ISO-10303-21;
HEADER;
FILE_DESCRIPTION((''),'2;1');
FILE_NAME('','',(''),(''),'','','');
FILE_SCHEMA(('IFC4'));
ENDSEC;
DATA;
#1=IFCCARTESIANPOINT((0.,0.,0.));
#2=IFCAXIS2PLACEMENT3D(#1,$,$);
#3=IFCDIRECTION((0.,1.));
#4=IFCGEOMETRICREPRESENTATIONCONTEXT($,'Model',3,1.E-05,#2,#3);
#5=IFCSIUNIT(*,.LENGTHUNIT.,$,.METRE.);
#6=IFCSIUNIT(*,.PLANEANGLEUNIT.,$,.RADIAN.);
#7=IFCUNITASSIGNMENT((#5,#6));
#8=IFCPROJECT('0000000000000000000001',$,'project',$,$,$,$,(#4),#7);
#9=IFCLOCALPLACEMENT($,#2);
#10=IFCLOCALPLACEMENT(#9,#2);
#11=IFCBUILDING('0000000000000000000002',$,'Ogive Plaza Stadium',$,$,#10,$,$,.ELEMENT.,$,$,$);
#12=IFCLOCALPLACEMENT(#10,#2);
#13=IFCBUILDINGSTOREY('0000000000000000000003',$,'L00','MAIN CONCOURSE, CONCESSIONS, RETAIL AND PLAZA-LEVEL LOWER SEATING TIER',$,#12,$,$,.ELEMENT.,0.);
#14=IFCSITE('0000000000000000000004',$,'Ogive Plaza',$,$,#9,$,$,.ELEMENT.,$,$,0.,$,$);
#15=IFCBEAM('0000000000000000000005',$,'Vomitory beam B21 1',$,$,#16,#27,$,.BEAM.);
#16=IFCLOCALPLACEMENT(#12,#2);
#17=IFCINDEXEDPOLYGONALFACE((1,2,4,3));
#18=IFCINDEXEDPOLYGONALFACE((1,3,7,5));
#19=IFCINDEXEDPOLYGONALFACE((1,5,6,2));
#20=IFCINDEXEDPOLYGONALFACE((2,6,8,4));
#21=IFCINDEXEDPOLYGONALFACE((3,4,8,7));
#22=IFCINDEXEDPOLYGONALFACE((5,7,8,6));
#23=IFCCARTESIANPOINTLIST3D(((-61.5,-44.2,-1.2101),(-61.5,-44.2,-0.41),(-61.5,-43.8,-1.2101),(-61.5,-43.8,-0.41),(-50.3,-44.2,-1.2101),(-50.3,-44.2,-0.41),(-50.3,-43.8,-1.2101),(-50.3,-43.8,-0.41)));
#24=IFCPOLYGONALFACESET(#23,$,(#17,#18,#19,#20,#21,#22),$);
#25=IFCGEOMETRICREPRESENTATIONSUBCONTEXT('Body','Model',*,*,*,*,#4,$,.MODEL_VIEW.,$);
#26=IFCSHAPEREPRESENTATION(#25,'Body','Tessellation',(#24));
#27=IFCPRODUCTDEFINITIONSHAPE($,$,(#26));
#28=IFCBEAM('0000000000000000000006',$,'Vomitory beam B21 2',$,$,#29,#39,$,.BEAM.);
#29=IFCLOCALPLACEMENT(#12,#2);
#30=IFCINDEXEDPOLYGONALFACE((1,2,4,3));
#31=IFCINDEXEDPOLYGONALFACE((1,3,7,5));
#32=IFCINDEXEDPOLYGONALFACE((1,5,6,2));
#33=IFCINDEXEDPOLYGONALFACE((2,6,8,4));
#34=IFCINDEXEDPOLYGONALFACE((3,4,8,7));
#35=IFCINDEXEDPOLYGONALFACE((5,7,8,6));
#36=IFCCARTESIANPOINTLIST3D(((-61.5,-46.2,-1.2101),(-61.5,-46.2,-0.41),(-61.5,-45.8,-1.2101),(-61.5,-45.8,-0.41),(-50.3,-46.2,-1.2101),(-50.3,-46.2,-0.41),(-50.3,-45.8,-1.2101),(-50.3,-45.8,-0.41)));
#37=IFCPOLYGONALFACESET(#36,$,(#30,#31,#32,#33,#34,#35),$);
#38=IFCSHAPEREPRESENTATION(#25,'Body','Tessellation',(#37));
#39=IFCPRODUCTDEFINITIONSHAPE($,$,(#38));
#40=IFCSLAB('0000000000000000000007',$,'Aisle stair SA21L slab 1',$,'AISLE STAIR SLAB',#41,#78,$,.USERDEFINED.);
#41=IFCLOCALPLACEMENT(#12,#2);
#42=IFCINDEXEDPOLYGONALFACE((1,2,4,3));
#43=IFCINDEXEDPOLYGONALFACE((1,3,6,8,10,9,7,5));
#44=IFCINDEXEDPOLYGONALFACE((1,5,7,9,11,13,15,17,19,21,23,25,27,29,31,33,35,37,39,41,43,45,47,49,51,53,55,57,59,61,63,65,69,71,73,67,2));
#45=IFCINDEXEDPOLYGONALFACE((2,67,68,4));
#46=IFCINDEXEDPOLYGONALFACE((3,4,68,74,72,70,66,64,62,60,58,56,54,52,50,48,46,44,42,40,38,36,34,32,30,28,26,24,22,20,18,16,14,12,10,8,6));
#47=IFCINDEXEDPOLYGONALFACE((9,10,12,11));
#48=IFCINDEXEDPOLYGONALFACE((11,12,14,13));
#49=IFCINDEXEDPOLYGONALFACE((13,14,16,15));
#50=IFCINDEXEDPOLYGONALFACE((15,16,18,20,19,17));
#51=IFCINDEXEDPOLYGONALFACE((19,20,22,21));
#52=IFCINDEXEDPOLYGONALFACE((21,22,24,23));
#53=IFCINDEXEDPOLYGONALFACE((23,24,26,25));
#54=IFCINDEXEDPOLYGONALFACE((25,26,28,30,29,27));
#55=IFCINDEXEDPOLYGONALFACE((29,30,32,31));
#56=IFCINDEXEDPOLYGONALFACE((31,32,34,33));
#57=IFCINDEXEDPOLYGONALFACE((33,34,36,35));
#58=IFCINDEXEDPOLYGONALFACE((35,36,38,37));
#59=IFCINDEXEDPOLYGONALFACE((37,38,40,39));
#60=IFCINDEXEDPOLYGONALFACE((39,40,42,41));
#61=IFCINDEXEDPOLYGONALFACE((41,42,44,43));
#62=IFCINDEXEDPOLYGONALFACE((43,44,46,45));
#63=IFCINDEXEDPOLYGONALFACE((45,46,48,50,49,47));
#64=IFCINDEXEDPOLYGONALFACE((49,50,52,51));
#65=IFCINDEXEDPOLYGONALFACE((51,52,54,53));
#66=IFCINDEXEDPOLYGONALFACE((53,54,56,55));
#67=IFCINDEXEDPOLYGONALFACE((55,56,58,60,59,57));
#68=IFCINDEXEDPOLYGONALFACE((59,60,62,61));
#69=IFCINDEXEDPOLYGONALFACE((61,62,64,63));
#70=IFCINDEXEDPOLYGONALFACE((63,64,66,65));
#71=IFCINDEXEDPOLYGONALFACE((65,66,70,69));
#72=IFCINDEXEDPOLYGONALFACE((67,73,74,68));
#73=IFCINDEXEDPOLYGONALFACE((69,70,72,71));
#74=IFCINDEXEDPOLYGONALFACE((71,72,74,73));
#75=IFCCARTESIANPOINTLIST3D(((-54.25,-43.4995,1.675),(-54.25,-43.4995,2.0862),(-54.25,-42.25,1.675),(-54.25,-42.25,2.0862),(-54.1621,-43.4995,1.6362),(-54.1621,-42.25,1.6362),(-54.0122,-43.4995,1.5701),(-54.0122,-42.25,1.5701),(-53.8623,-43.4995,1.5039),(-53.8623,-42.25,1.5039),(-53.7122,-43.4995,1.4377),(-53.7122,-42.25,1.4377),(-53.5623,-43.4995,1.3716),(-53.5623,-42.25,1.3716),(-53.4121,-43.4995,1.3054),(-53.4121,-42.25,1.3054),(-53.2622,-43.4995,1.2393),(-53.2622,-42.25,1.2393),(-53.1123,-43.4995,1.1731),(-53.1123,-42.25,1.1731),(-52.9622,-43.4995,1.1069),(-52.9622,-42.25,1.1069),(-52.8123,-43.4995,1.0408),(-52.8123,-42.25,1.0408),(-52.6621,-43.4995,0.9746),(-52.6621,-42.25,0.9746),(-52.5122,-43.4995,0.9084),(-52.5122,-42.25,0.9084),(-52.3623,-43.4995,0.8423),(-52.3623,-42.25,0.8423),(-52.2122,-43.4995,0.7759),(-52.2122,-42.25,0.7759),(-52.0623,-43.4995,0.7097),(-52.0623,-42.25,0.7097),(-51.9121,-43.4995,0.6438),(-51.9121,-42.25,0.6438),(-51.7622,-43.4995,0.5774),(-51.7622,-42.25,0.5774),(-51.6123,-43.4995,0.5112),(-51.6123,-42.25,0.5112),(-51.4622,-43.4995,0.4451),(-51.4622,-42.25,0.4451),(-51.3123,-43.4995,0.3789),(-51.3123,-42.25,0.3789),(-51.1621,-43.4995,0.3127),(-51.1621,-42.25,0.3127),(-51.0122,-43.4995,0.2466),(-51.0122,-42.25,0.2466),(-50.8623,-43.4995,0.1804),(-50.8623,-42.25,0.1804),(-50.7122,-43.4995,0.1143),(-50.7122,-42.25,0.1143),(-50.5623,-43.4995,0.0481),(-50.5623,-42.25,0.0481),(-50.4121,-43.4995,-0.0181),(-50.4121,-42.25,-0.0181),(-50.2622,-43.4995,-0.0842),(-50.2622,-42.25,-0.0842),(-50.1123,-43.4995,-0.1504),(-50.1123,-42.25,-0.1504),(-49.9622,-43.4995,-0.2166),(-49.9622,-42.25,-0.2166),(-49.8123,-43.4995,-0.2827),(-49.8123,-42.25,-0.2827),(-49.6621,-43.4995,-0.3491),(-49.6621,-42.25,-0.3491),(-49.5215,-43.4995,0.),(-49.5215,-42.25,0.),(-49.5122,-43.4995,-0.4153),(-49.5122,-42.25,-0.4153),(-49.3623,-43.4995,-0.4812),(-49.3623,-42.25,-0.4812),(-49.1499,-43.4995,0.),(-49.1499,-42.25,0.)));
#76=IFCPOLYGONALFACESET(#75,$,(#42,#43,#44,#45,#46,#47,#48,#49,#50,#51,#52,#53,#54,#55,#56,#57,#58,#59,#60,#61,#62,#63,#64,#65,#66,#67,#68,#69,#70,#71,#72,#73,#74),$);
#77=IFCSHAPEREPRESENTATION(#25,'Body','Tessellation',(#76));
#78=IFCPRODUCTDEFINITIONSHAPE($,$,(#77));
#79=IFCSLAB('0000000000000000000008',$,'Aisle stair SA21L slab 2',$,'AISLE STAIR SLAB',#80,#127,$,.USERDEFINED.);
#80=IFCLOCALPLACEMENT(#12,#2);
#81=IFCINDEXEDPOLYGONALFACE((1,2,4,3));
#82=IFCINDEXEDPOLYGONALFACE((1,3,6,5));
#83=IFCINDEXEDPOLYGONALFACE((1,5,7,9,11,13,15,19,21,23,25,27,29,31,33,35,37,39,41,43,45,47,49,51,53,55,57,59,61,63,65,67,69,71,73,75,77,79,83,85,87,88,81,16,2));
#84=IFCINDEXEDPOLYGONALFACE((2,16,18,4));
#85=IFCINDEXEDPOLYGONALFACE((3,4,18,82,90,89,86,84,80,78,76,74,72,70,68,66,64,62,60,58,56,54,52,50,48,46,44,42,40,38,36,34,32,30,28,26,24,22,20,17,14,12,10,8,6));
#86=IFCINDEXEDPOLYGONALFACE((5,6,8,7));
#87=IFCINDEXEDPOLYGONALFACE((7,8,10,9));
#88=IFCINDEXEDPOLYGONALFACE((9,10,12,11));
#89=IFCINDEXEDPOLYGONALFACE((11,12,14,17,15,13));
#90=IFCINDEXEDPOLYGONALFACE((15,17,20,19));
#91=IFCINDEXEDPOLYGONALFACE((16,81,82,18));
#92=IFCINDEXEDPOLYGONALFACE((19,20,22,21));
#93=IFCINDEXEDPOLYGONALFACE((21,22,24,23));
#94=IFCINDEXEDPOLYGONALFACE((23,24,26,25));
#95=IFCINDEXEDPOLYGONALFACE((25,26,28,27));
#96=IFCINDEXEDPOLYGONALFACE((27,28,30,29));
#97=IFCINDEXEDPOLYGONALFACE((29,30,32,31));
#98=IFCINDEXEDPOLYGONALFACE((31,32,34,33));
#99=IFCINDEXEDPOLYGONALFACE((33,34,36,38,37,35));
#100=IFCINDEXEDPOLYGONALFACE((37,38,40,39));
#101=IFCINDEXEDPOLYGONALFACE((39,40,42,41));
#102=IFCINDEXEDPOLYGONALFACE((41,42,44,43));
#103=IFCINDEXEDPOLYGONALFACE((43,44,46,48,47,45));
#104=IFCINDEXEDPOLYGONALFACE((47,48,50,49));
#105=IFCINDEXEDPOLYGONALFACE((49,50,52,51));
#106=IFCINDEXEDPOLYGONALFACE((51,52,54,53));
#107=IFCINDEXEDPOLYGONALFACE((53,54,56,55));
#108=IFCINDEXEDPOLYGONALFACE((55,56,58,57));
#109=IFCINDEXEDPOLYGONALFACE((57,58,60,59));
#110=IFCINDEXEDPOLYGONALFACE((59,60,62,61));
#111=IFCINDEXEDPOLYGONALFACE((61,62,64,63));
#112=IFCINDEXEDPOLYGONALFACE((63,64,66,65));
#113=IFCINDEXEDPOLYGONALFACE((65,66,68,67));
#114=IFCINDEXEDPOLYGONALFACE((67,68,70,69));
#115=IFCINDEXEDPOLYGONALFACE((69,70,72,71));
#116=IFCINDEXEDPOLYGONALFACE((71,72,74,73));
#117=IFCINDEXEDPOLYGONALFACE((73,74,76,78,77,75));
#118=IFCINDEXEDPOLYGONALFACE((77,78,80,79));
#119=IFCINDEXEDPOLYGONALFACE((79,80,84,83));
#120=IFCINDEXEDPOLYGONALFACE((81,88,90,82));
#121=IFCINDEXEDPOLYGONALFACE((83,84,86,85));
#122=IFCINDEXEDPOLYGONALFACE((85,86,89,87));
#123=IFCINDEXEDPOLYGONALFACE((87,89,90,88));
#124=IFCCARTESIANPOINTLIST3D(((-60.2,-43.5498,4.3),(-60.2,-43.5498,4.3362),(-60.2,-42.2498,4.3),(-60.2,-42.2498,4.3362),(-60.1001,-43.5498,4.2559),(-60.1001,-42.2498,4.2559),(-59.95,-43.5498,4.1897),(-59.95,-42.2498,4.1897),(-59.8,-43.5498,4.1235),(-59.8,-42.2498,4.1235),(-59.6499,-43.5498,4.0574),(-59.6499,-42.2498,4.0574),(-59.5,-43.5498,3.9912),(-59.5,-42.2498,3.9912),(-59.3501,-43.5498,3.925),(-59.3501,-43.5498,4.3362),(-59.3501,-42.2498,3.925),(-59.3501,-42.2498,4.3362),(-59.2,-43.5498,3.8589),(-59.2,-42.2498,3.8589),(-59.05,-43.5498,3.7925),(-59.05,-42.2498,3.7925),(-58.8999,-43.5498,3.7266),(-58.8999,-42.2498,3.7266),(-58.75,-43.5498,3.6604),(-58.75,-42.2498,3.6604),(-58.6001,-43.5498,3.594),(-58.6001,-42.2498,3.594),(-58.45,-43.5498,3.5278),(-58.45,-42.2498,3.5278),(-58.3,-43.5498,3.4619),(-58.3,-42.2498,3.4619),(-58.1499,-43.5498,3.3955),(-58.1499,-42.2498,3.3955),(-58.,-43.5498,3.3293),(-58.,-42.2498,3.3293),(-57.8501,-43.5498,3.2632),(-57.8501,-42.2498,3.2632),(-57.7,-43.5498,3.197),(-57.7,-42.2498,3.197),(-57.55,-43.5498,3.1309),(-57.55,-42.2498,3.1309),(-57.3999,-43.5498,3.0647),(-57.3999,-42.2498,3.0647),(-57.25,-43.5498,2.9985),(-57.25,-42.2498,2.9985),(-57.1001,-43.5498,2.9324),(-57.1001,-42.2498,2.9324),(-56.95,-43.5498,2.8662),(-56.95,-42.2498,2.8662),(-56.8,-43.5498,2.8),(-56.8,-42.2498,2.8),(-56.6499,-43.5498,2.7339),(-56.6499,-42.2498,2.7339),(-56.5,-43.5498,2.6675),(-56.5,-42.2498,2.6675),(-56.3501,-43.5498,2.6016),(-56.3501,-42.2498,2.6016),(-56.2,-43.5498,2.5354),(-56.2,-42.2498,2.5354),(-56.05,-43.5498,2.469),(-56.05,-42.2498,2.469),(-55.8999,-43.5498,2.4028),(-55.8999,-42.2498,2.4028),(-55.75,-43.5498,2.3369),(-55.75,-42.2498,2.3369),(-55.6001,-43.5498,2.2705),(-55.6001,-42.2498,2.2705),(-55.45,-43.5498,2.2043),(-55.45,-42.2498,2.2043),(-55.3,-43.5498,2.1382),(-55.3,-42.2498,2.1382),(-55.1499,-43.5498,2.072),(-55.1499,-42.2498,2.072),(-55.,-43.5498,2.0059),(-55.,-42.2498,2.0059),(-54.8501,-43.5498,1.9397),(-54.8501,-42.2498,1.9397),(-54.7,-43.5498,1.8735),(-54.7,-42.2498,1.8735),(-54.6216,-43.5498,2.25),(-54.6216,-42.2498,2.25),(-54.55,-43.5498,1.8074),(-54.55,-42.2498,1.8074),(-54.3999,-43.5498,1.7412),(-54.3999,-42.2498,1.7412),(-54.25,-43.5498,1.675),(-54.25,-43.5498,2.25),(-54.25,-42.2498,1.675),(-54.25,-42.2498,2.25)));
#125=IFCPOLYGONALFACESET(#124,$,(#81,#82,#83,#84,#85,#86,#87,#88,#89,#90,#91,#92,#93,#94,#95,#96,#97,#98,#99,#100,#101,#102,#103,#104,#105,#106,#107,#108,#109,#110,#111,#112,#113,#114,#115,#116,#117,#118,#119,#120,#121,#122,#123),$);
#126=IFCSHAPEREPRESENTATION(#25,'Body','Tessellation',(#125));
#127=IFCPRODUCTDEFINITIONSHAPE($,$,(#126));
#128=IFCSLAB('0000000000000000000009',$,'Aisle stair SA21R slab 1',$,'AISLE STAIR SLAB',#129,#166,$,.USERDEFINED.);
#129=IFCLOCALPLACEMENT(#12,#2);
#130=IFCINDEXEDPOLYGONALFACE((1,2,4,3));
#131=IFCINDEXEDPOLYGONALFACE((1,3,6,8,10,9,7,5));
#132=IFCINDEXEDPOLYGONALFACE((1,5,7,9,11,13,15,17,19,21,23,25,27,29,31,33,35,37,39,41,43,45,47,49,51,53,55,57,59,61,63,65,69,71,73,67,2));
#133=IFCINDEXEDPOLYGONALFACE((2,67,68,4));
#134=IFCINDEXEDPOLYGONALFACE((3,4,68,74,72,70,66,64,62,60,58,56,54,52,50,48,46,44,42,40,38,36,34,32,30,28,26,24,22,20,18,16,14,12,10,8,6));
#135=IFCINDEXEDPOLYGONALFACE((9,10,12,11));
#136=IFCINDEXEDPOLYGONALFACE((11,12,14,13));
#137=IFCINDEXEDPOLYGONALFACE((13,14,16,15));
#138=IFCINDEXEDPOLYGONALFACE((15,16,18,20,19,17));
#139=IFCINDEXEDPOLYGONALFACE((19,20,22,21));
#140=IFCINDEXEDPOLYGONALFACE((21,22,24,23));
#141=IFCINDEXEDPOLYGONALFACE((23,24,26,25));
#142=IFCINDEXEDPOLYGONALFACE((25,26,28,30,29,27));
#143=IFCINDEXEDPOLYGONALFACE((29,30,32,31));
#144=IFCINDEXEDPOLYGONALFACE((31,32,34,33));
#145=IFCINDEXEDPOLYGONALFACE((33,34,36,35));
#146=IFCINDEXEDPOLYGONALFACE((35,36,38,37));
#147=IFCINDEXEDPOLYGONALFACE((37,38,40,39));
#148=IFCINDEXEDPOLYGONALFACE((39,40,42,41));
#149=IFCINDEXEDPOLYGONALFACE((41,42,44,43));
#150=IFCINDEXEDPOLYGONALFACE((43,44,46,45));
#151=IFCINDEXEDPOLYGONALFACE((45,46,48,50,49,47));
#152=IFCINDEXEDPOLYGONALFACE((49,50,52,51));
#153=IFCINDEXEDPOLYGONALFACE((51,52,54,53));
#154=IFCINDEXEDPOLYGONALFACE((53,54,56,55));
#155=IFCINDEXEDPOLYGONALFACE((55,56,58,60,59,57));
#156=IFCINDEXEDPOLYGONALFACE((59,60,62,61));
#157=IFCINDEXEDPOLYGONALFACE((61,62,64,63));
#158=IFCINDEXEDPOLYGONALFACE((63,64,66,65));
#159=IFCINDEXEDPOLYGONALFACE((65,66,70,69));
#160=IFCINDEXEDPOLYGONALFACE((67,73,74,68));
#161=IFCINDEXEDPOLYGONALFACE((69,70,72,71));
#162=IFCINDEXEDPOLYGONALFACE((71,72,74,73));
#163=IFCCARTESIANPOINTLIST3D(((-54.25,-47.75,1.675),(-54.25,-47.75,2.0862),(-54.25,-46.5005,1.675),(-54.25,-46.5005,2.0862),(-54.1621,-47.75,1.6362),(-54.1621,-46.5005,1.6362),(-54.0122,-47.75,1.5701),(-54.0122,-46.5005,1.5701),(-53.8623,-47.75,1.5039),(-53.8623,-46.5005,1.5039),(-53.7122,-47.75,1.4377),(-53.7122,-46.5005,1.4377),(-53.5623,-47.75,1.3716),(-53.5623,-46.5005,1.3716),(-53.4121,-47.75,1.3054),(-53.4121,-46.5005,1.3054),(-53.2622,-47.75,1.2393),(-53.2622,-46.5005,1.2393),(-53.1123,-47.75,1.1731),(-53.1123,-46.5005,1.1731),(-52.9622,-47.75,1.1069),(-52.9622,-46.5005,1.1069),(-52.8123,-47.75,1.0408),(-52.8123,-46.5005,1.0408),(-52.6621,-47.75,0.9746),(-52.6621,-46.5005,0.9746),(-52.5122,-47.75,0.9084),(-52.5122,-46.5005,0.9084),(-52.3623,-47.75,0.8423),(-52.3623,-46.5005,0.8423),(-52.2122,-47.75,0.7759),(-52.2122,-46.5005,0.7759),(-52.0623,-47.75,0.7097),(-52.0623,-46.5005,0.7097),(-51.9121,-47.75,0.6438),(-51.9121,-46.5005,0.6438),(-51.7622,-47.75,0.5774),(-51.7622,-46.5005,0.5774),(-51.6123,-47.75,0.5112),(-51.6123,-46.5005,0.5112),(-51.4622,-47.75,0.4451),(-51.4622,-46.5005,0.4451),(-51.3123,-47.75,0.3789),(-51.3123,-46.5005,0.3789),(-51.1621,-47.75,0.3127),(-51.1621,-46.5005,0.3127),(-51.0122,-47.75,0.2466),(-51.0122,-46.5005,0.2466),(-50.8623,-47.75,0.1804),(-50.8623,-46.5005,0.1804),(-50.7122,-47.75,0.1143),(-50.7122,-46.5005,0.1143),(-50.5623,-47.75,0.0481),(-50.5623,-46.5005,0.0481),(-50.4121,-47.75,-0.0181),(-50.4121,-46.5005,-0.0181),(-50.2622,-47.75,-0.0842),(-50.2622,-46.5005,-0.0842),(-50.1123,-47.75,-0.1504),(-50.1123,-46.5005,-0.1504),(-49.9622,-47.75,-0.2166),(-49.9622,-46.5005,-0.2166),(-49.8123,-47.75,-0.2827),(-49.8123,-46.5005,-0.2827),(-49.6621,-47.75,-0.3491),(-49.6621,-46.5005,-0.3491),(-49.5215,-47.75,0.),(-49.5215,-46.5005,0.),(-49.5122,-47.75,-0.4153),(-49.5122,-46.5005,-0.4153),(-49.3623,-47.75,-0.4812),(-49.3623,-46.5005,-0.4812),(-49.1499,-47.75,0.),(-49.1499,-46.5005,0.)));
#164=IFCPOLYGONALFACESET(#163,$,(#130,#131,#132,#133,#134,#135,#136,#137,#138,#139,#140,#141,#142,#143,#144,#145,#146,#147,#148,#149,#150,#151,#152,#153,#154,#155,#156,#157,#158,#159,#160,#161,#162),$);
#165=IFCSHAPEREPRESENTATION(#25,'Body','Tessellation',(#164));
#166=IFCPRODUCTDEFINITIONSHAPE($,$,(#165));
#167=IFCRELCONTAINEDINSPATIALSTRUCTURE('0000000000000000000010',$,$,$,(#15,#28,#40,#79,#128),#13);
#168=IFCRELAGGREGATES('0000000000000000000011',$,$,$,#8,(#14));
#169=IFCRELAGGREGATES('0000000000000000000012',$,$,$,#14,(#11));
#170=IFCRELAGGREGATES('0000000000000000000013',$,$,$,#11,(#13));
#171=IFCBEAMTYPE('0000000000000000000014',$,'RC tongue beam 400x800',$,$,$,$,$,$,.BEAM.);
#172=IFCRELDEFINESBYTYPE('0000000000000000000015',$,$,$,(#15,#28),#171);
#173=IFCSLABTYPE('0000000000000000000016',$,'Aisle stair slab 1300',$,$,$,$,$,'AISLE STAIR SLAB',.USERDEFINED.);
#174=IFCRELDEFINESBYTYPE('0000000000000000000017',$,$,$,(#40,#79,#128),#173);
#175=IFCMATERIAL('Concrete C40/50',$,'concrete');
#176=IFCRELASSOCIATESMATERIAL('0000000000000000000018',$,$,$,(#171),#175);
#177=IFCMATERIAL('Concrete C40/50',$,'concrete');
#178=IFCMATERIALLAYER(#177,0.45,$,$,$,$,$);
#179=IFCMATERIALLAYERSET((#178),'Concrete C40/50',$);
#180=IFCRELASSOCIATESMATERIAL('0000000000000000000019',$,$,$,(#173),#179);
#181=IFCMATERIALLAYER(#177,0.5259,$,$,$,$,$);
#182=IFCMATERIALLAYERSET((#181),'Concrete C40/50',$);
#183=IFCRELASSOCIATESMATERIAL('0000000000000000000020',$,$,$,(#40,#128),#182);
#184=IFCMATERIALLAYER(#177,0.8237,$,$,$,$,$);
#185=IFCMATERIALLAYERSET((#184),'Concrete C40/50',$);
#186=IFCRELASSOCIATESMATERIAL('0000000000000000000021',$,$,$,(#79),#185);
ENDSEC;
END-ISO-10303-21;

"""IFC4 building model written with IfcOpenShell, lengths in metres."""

from ifc_helpers import new_model, si_unit, direction, frame, origin, origin_2d, place, context, subcontext, project, spatial, polyline, rectangle, outline, extrude, material, layer, layer_set, material_profile, profile_set, type_object, element, save


model = new_model("IFC4")

# Units and contexts
model_context = context("Model", 3, precision=1e-05, world=origin(), true_north=direction((0.0, 1.0)))
body_context = subcontext(model_context, "Body", "Model", "MODEL_VIEW")
ifc_project = project(units=[si_unit("LENGTHUNIT", "METRE"), si_unit("PLANEANGLEUNIT", "RADIAN")], contexts=[model_context])

# Site, building, storey
site_placement = place(None, origin())
site = spatial("IfcSite", under=ifc_project, at=site_placement, Name="Ogive Plaza", CompositionType="ELEMENT", RefElevation=0.0)
building_placement = place(site_placement, origin())
building = spatial("IfcBuilding", under=site, at=building_placement, Name="Ogive Plaza Stadium", CompositionType="ELEMENT")
storey_placement = place(building_placement, origin())
storey = spatial("IfcBuildingStorey", under=building, at=storey_placement, Name="L00", Description="MAIN CONCOURSE, CONCESSIONS, RETAIL AND PLAZA-LEVEL LOWER SEATING TIER", CompositionType="ELEMENT", Elevation=0.0)

# Beams
ifc_material_1 = material(Name="Concrete C40/50", Category="concrete")
ifc_material_profile = material_profile(ifc_material_1, rectangle(XDim=0.3999, YDim=0.8, at=origin_2d()), Name="RC 400x800")
ifc_profile_set = profile_set([ifc_material_profile], Name="Concrete C40/50")
beam_type = type_object("IfcBeamType", Name="RC tongue beam 400x800", PredefinedType="BEAM", material=ifc_profile_set)
for number, where, z_axis, x_axis, name in (
    (1, (-50.3, -44.0, -0.8101), (-1.0, 0.0, 0.0), (0.0, -1.0, 0.0), "Vomitory beam B21 1"),
    (2, (-50.3, -46.0, -0.8101), (-1.0, 0.0, 0.0), (0.0, -1.0, 0.0), "Vomitory beam B21 2"),
):
    element("IfcBeam", number, at=place(storey_placement, frame(where, z_axis=z_axis, x_axis=x_axis)), inside=storey, type_object=beam_type, Name=name, PredefinedType="BEAM", context=body_context, shape_type="SweptSolid", body=[
        extrude(rectangle(XDim=0.3999, YDim=0.8, at=origin_2d()), origin(), (0.0, 0.0, 1.0), 11.2),
    ])

# Slabs
ifc_material_2 = material(Name="Concrete C40/50", Category="concrete")
ifc_layer_1 = layer(ifc_material_2, 0.5259)
ifc_layer_set_1 = layer_set([ifc_layer_1], Name="Concrete C40/50")
ifc_layer_2 = layer(ifc_material_2, 0.45)
ifc_layer_set_2 = layer_set([ifc_layer_2], Name="Concrete C40/50")
slab_type = type_object("IfcSlabType", Name="Aisle stair slab 1300", ElementType="AISLE STAIR SLAB", PredefinedType="USERDEFINED", material=ifc_layer_set_2)
slab_1_placement = place(storey_placement, frame((-49.1499, -42.8748, 0.0), z_axis=(0.0, 0.0, 1.0), x_axis=(-1.0, 0.0, 0.0)))
element("IfcSlab", 3, at=slab_1_placement, inside=storey, type_object=slab_type, material=ifc_layer_set_1, Name="Aisle stair SA21L slab 1", ObjectType="AISLE STAIR SLAB", PredefinedType="USERDEFINED", context=body_context, shape_type="SweptSolid", body=[
    extrude(outline(polyline([(0.0, 0.0), (0.3716, 0.0), (5.1001, 2.0862), (5.1001, 1.675), (5.0122, 1.6362), (4.8623, 1.5701), (4.7124, 1.5039), (4.5623, 1.4377), (4.4124, 1.3716), (4.2622, 1.3054), (4.1123, 1.2393), (3.9624, 1.1731), (3.8123, 1.1069), (3.6624, 1.0408), (3.5122, 0.9746), (3.3623, 0.9084), (3.2124, 0.8423), (3.0623, 0.7759), (2.9124, 0.7097), (2.7622, 0.6438), (2.6123, 0.5774), (2.4624, 0.5112), (2.3123, 0.4451), (2.1624, 0.3789), (2.0122, 0.3127), (1.8623, 0.2466), (1.7124, 0.1804), (1.5623, 0.1143), (1.4124, 0.0481), (1.2622, -0.0181), (1.1123, -0.0842), (0.9624, -0.1504), (0.8123, -0.2166), (0.6624, -0.2827), (0.5122, -0.3491), (0.3623, -0.4153), (0.2124, -0.4812), (0.0, 0.0)])), frame((0.0, 0.6248, 0.0), z_axis=(0.0, -1.0, 0.0), x_axis=(1.0, 0.0, 0.0)), (0.0, 0.0, 1.0), 1.2495),
])
ifc_layer_3 = layer(ifc_material_2, 0.8237)
ifc_layer_set_3 = layer_set([ifc_layer_3], Name="Concrete C40/50")
slab_2_placement = place(storey_placement, frame((-54.25, -42.8999, 0.0), z_axis=(0.0, 0.0, 1.0), x_axis=(-1.0, 0.0, 0.0)))
element("IfcSlab", 4, at=slab_2_placement, inside=storey, type_object=slab_type, material=ifc_layer_set_3, Name="Aisle stair SA21L slab 2", ObjectType="AISLE STAIR SLAB", PredefinedType="USERDEFINED", context=body_context, shape_type="SweptSolid", body=[
    extrude(outline(polyline([(0.0, 2.25), (0.3716, 2.25), (5.1001, 4.3362), (5.95, 4.3362), (5.95, 4.3), (5.8501, 4.2559), (5.7, 4.1897), (5.55, 4.1235), (5.3999, 4.0574), (5.25, 3.9912), (5.1001, 3.925), (4.95, 3.8589), (4.8, 3.7925), (4.6499, 3.7266), (4.5, 3.6604), (4.3501, 3.594), (4.2, 3.5278), (4.05, 3.4619), (3.8999, 3.3955), (3.75, 3.3293), (3.6001, 3.2632), (3.45, 3.197), (3.3, 3.1309), (3.1499, 3.0647), (3.0, 2.9985), (2.8501, 2.9324), (2.7, 2.8662), (2.55, 2.8), (2.3999, 2.7339), (2.25, 2.6675), (2.1001, 2.6016), (1.95, 2.5354), (1.8, 2.469), (1.6499, 2.4028), (1.5, 2.3369), (1.3501, 2.2705), (1.2, 2.2043), (1.05, 2.1382), (0.8999, 2.072), (0.75, 2.0059), (0.6001, 1.9397), (0.45, 1.8735), (0.3, 1.8074), (0.1499, 1.7412), (0.0, 1.675), (0.0, 2.25)])), frame((0.0, 0.6499, 0.0), z_axis=(0.0, -1.0, 0.0), x_axis=(1.0, 0.0, 0.0)), (0.0, 0.0, 1.0), 1.3),
])
slab_3_placement = place(storey_placement, frame((-49.1499, -47.1252, 0.0), z_axis=(0.0, 0.0, 1.0), x_axis=(-1.0, 0.0, 0.0)))
element("IfcSlab", 5, at=slab_3_placement, inside=storey, type_object=slab_type, material=ifc_layer_set_1, Name="Aisle stair SA21R slab 1", ObjectType="AISLE STAIR SLAB", PredefinedType="USERDEFINED", context=body_context, shape_type="SweptSolid", body=[
    extrude(outline(polyline([(0.0, 0.0), (0.3716, 0.0), (5.1001, 2.0862), (5.1001, 1.675), (5.0122, 1.6362), (4.8623, 1.5701), (4.7124, 1.5039), (4.5623, 1.4377), (4.4124, 1.3716), (4.2622, 1.3054), (4.1123, 1.2393), (3.9624, 1.1731), (3.8123, 1.1069), (3.6624, 1.0408), (3.5122, 0.9746), (3.3623, 0.9084), (3.2124, 0.8423), (3.0623, 0.7759), (2.9124, 0.7097), (2.7622, 0.6438), (2.6123, 0.5774), (2.4624, 0.5112), (2.3123, 0.4451), (2.1624, 0.3789), (2.0122, 0.3127), (1.8623, 0.2466), (1.7124, 0.1804), (1.5623, 0.1143), (1.4124, 0.0481), (1.2622, -0.0181), (1.1123, -0.0842), (0.9624, -0.1504), (0.8123, -0.2166), (0.6624, -0.2827), (0.5122, -0.3491), (0.3623, -0.4153), (0.2124, -0.4812), (0.0, 0.0)])), frame((0.0, 0.6248, 0.0), z_axis=(0.0, -1.0, 0.0), x_axis=(1.0, 0.0, 0.0)), (0.0, 0.0, 1.0), 1.2495),
])

save(model, "model.ifc")
